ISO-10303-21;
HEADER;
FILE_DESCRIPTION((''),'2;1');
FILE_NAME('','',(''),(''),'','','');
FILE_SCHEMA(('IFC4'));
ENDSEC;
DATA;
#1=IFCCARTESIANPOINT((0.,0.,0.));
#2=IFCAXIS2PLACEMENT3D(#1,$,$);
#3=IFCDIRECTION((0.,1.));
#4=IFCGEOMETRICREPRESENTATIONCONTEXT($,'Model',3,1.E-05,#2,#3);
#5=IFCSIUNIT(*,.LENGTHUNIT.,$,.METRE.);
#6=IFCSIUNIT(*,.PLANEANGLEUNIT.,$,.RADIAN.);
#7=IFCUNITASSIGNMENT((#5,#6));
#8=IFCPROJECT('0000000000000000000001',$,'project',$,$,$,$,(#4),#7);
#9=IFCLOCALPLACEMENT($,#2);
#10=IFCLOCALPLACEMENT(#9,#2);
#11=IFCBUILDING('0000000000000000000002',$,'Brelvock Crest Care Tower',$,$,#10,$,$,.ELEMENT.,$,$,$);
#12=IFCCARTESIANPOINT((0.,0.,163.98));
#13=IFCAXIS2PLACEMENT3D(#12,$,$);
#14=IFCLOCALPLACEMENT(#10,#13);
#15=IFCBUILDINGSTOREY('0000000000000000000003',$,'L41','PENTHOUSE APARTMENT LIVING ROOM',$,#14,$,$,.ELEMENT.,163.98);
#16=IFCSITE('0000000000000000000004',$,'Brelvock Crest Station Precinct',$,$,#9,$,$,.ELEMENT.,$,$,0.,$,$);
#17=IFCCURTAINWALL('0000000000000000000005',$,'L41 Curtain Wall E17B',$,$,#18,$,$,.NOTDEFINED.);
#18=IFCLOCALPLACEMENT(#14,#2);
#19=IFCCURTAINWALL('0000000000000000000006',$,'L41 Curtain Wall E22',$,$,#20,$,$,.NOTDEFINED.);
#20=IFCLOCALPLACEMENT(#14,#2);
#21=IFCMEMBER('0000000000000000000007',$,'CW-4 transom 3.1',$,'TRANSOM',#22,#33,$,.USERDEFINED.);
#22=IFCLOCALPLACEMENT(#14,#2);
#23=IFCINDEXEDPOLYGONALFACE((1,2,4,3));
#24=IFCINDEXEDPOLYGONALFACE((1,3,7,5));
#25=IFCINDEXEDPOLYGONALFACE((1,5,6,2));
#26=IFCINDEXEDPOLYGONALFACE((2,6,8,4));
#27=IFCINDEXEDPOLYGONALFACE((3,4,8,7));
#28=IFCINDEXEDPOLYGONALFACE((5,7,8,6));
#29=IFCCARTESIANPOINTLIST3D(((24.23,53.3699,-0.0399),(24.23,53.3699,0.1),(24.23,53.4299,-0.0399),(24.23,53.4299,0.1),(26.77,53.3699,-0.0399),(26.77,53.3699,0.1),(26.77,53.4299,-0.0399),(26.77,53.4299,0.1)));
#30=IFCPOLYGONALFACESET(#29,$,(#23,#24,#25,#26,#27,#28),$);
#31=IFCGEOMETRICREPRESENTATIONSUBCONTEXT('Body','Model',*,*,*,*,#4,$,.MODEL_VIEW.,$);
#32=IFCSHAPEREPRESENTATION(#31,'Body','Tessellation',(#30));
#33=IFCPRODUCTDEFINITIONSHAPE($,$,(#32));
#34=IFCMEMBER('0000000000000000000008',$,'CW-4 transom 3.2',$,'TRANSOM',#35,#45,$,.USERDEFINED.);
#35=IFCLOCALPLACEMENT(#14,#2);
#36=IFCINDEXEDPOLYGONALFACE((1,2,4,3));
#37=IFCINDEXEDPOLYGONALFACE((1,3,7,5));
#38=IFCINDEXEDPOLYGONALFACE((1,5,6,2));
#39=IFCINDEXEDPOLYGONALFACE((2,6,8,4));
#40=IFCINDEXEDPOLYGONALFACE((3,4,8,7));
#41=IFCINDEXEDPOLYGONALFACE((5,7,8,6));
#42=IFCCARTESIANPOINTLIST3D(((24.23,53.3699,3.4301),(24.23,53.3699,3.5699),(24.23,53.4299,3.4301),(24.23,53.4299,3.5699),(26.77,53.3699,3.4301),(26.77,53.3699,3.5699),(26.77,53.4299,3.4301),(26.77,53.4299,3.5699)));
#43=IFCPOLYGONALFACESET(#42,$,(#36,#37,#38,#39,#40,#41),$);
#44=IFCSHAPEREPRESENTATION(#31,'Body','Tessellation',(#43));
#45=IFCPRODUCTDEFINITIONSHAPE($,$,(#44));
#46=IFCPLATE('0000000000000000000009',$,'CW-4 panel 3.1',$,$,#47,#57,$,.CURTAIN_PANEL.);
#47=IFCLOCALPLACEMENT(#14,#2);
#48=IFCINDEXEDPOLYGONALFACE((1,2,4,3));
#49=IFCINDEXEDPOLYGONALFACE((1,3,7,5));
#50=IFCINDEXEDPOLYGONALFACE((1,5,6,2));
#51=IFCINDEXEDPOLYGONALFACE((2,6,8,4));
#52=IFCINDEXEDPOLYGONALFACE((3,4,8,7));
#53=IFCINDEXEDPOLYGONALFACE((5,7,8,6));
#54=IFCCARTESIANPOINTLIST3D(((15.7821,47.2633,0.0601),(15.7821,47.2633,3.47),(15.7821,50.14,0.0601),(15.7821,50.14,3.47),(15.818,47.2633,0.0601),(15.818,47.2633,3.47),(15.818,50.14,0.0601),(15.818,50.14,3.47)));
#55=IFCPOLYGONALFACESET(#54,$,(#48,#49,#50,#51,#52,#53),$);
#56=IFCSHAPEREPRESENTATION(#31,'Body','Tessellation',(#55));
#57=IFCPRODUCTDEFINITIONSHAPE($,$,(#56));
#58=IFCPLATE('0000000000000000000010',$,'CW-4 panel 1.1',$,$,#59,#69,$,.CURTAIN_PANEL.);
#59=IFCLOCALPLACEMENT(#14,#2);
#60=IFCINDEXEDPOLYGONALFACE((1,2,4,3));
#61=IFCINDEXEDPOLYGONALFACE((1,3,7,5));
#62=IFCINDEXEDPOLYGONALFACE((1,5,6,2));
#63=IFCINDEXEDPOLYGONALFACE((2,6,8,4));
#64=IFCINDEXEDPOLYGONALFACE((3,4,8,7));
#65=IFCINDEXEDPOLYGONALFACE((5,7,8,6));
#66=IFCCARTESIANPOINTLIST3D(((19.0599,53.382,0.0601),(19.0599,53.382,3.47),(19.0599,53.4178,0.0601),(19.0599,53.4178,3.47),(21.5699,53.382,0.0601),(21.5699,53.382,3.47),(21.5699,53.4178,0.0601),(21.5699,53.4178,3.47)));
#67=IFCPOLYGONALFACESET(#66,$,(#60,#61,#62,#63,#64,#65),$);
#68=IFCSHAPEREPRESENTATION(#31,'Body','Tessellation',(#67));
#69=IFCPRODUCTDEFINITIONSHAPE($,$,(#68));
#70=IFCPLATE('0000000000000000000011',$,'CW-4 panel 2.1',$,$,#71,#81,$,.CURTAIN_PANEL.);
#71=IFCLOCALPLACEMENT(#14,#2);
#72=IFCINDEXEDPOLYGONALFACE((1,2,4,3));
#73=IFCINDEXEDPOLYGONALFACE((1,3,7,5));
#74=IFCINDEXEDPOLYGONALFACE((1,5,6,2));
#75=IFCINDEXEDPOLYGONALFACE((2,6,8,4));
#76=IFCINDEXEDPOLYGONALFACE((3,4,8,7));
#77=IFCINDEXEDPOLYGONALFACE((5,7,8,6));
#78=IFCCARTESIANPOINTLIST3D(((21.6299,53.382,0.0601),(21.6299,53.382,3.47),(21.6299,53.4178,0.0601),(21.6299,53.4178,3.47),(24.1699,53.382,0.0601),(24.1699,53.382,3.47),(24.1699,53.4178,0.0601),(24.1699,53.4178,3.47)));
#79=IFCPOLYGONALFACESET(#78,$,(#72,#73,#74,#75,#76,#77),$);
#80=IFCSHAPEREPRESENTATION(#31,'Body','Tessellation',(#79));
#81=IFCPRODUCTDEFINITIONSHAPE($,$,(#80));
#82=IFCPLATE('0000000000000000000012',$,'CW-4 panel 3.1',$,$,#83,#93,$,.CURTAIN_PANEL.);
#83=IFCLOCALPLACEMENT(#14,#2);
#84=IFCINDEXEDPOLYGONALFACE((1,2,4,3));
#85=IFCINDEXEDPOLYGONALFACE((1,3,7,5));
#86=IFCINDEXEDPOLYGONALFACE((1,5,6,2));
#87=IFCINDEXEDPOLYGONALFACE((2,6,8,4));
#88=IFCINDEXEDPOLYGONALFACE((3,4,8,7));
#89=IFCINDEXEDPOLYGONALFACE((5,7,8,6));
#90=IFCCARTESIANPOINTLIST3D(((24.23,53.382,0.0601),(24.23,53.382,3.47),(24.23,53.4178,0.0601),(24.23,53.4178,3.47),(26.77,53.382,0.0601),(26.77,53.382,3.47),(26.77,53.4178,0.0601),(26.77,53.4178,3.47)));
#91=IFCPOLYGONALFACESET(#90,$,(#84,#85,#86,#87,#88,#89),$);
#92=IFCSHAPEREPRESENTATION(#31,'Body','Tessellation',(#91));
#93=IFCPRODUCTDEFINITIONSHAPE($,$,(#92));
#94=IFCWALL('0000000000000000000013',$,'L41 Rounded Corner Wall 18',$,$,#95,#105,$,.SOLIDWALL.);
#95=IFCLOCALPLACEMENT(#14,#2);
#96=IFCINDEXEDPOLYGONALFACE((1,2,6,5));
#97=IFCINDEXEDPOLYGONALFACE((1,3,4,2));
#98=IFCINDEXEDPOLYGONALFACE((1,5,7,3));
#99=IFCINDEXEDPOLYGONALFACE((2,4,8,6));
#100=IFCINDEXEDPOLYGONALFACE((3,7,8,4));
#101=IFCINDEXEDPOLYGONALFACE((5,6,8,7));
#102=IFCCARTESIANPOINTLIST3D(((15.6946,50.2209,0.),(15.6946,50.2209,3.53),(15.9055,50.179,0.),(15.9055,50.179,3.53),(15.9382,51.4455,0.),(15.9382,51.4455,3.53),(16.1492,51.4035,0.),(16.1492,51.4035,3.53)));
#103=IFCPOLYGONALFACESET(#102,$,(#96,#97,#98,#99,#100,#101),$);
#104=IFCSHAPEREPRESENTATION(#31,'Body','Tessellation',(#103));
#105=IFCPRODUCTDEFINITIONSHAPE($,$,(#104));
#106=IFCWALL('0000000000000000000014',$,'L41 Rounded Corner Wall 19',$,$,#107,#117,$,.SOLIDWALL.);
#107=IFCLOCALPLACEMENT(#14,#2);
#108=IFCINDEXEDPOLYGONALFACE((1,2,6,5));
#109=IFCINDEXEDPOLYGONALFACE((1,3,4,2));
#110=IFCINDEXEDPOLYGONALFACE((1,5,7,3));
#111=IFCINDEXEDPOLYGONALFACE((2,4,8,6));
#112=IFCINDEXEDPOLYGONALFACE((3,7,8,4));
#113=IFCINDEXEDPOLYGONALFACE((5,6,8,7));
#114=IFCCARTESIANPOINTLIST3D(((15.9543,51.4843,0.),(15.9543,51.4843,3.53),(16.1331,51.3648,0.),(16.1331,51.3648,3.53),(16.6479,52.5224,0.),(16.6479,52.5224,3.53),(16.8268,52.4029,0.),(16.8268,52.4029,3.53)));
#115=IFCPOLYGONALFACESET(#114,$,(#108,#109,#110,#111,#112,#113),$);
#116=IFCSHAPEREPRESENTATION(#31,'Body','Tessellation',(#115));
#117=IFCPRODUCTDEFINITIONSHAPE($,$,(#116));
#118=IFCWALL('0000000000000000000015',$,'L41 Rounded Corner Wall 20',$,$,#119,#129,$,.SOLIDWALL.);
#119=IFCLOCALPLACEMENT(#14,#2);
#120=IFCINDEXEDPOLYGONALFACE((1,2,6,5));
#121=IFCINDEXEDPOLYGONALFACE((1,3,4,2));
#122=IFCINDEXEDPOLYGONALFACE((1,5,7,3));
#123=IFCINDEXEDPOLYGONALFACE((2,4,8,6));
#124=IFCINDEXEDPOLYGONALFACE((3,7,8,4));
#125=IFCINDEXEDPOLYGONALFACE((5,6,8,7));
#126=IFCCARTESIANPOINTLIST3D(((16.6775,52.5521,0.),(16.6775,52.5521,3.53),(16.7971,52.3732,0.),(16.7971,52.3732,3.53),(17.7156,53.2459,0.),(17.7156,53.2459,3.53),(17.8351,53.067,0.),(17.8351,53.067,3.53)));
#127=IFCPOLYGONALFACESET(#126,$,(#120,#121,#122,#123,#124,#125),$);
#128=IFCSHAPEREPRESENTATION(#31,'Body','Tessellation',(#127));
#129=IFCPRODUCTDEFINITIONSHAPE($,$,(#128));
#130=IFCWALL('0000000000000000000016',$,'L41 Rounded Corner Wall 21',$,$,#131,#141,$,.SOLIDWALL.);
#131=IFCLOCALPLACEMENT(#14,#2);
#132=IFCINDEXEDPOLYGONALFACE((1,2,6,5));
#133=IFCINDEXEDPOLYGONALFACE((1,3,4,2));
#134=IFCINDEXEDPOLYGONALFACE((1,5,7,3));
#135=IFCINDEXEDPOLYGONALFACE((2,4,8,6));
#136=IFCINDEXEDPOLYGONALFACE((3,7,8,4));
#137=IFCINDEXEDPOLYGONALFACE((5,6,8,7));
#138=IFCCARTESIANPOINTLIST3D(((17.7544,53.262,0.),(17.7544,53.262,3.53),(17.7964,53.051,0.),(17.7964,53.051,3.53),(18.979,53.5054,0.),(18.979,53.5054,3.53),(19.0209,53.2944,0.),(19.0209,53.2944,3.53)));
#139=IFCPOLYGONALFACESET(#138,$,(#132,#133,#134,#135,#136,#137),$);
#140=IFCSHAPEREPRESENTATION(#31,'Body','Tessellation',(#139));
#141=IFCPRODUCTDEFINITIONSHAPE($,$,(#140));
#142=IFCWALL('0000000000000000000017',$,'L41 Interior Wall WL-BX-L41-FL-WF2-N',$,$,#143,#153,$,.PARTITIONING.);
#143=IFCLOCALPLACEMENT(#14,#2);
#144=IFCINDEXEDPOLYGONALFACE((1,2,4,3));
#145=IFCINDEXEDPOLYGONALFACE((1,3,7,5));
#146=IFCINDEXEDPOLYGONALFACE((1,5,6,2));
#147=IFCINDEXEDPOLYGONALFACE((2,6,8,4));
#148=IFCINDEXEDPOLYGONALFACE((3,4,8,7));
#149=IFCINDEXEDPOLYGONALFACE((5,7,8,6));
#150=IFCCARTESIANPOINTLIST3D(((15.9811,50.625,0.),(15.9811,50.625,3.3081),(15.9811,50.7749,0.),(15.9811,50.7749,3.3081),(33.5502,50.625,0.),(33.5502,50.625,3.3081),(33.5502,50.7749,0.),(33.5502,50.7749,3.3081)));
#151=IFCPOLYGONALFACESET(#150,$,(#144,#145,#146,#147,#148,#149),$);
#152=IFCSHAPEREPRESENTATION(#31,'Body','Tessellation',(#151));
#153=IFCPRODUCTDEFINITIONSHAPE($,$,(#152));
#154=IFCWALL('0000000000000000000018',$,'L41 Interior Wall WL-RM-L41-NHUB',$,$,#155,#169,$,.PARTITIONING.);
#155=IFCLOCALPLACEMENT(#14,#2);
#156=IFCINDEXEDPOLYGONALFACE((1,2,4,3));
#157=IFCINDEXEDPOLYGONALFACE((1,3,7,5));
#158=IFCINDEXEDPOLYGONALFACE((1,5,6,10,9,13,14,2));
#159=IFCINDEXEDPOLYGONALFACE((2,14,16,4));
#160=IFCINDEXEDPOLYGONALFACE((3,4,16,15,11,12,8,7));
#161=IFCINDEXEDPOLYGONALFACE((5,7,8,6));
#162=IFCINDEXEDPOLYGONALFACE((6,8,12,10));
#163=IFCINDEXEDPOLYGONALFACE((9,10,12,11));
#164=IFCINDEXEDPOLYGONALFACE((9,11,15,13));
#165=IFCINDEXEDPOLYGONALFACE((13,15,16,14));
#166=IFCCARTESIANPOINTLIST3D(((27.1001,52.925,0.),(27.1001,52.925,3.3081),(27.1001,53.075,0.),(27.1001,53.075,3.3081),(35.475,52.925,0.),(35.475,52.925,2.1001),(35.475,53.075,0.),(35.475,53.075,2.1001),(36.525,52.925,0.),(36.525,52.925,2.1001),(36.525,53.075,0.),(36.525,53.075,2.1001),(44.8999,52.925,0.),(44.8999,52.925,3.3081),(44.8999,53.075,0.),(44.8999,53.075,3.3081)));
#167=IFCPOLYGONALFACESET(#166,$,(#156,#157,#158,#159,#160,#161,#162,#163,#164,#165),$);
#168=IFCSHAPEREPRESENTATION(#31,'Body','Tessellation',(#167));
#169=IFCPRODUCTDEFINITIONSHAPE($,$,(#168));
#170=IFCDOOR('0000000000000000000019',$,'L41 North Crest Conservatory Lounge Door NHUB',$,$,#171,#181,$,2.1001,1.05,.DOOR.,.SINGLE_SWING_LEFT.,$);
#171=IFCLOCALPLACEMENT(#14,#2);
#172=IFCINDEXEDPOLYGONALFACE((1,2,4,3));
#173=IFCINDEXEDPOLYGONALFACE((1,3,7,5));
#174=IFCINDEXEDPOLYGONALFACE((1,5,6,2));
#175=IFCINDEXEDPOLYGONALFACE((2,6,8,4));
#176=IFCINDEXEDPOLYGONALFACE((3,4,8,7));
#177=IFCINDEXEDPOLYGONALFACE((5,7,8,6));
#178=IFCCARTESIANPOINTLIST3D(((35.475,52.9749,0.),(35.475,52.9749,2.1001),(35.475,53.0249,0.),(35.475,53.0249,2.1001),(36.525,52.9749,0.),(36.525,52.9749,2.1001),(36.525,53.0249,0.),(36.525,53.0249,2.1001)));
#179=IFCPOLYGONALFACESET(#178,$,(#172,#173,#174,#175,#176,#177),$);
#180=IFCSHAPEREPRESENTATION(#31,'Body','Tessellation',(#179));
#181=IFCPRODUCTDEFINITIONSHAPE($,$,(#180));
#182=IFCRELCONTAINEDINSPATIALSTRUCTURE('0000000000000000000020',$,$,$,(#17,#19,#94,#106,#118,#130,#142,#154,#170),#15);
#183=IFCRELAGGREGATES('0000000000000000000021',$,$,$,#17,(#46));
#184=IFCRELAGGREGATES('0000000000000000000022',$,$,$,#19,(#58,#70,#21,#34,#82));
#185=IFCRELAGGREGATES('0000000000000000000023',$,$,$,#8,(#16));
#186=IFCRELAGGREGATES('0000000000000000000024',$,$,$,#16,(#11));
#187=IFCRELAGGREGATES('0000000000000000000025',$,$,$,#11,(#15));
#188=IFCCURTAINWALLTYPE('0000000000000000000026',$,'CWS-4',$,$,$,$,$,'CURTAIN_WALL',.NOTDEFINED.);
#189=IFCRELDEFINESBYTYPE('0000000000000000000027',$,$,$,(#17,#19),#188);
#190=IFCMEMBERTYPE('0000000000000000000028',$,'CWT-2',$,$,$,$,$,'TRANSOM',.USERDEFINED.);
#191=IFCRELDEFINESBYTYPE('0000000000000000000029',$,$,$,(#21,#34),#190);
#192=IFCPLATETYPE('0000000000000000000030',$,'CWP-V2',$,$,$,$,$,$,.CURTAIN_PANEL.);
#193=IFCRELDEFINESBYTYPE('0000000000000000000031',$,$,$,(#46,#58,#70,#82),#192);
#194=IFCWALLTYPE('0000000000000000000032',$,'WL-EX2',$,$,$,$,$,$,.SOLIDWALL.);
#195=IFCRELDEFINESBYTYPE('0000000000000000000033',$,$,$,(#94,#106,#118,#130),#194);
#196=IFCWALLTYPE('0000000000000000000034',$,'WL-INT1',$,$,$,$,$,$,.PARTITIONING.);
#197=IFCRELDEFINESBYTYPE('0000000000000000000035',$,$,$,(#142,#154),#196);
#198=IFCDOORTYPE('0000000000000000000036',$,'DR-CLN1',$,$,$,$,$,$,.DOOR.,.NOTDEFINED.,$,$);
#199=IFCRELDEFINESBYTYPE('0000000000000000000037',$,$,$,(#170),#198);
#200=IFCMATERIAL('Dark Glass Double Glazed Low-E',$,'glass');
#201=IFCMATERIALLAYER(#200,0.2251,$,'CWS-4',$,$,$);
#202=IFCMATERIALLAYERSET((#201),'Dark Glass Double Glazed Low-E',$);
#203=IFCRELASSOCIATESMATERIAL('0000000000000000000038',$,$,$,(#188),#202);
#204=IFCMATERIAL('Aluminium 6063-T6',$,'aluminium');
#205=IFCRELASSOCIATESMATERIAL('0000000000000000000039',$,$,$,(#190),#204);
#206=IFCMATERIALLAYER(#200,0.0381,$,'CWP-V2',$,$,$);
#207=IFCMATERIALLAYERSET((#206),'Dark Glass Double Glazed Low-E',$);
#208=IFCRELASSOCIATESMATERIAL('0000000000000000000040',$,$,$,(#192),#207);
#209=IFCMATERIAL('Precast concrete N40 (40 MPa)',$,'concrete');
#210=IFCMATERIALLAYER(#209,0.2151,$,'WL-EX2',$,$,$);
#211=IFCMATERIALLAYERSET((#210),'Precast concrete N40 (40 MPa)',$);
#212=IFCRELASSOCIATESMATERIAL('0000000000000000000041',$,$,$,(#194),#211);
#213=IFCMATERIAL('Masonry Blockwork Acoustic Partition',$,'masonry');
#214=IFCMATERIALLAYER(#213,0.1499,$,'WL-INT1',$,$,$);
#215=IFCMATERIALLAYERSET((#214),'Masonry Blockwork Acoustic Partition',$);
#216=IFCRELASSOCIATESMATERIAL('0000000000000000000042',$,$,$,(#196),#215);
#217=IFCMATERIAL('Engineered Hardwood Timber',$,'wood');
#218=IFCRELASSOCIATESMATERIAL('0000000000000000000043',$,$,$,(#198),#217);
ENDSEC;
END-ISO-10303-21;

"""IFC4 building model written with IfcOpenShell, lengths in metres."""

from ifc_helpers import new_model, si_unit, direction, frame, frame_2d, origin, origin_2d, place, context, subcontext, project, spatial, rectangle, extrude, source, transform, mapped, material, layer, layer_set, material_profile, profile_set, type_object, element, fill, aggregate, save


model = new_model("IFC4")

# Units and contexts
model_context = context("Model", 3, precision=1e-05, world=origin(), true_north=direction((0.0, 1.0)))
body_context = subcontext(model_context, "Body", "Model", "MODEL_VIEW")
ifc_project = project(units=[si_unit("LENGTHUNIT", "METRE"), si_unit("PLANEANGLEUNIT", "RADIAN")], contexts=[model_context])

# Site, building, storey
site_placement = place(None, origin())
site = spatial("IfcSite", under=ifc_project, at=site_placement, Name="Brelvock Crest Station Precinct", CompositionType="ELEMENT", RefElevation=0.0)
building_placement = place(site_placement, origin())
building = spatial("IfcBuilding", under=site, at=building_placement, Name="Brelvock Crest Care Tower", CompositionType="ELEMENT")
storey_placement = place(building_placement, frame((0.0, 0.0, 163.98)))
storey = spatial("IfcBuildingStorey", under=building, at=storey_placement, Name="L41", Description="PENTHOUSE APARTMENT LIVING ROOM", CompositionType="ELEMENT", Elevation=163.98)

# Curtain walls
ifc_material_1 = material(Name="Dark Glass Double Glazed Low-E", Category="glass")
ifc_layer_1 = layer(ifc_material_1, 0.2251, Name="CWS-4")
ifc_layer_set_1 = layer_set([ifc_layer_1], Name="Dark Glass Double Glazed Low-E")
curtain_wall_type = type_object("IfcCurtainWallType", Name="CWS-4", ElementType="CURTAIN_WALL", PredefinedType="NOTDEFINED", material=ifc_layer_set_1)
curtain_wall_1_placement = place(storey_placement, origin())
curtain_wall_1 = element("IfcCurtainWall", 1, at=curtain_wall_1_placement, inside=storey, type_object=curtain_wall_type, Name="L41 Curtain Wall E17B", PredefinedType="NOTDEFINED")
ifc_material_2 = material(Name="Aluminium 6063-T6", Category="aluminium")
curtain_wall_2_placement = place(storey_placement, origin())
curtain_wall_2 = element("IfcCurtainWall", 2, at=curtain_wall_2_placement, inside=storey, type_object=curtain_wall_type, Name="L41 Curtain Wall E22", PredefinedType="NOTDEFINED")

# Members
ifc_material_profile_1 = material_profile(ifc_material_2, rectangle(XDim=0.0601, YDim=0.1399, at=origin_2d()), Name="ALU60x140")
ifc_profile_set_1 = profile_set([ifc_material_profile_1], Name="Aluminium 6063-T6")
member_type_1 = type_object("IfcMemberType", Name="CWT-2", ElementType="TRANSOM", PredefinedType="USERDEFINED", material=ifc_profile_set_1)
shared_shape_1 = source(origin(), body_context, "Body", "SweptSolid", [
    extrude(rectangle(XDim=0.0601, YDim=0.1399, at=origin_2d()), origin(), (0.0, 0.0, 1.0), 2.54),
])
member_1_placement = place(storey_placement, frame((24.23, 53.3999, 0.03), z_axis=(1.0, 0.0, 0.0), x_axis=(0.0, 1.0, 0.0)))
member_1 = element("IfcMember", 3, at=member_1_placement, type_object=member_type_1, Name="CW-4 transom 3.1", ObjectType="TRANSOM", PredefinedType="USERDEFINED", context=body_context, shape_type="MappedRepresentation", body=[
    mapped(shared_shape_1, transform((0.0, 0.0, 0.0), x_axis=(1.0, 0.0, 0.0), y_axis=(0.0, 1.0, 0.0), z_axis=(0.0, 0.0, 1.0), scale=1.0)),
])
member_2_placement = place(storey_placement, frame((24.23, 53.3999, 3.5), z_axis=(1.0, 0.0, 0.0), x_axis=(0.0, 1.0, 0.0)))
member_2 = element("IfcMember", 4, at=member_2_placement, type_object=member_type_1, Name="CW-4 transom 3.2", ObjectType="TRANSOM", PredefinedType="USERDEFINED", context=body_context, shape_type="MappedRepresentation", body=[
    mapped(shared_shape_1, transform((0.0, 0.0, 0.0), x_axis=(1.0, 0.0, 0.0), y_axis=(0.0, 1.0, 0.0), z_axis=(0.0, 0.0, 1.0), scale=1.0)),
])

# Plates
ifc_layer_2 = layer(ifc_material_1, 0.0381, Name="CWP-V2")
ifc_layer_set_2 = layer_set([ifc_layer_2], Name="Dark Glass Double Glazed Low-E")
plate_type = type_object("IfcPlateType", Name="CWP-V2", PredefinedType="CURTAIN_PANEL", material=ifc_layer_set_2)
shared_shape_2 = source(origin(), body_context, "Body", "SweptSolid", [
    extrude(rectangle(XDim=2.8767, YDim=0.0359, at=origin_2d()), origin(), (0.0, 0.0, 1.0), 3.4099),
])
plate_1_placement = place(storey_placement, frame((15.8, 48.7017, 0.0601), z_axis=(0.0, 0.0, 1.0), x_axis=(0.0, 1.0, 0.0)))
plate_1 = element("IfcPlate", 5, at=plate_1_placement, type_object=plate_type, Name="CW-4 panel 3.1", PredefinedType="CURTAIN_PANEL", context=body_context, shape_type="MappedRepresentation", body=[
    mapped(shared_shape_2, transform((0.0, 0.0, 0.0), x_axis=(1.0, 0.0, 0.0), y_axis=(0.0, 1.0, 0.0), z_axis=(0.0, 0.0, 1.0), scale=1.0)),
])
aggregate(curtain_wall_1, [plate_1])
shared_shape_3 = source(origin(), body_context, "Body", "SweptSolid", [
    extrude(rectangle(XDim=2.51, YDim=0.0359, at=origin_2d()), origin(), (0.0, 0.0, 1.0), 3.4099),
])
plate_2_placement = place(storey_placement, frame((20.3149, 53.3999, 0.0601), z_axis=(0.0, 0.0, 1.0), x_axis=(1.0, 0.0, 0.0)))
plate_2 = element("IfcPlate", 6, at=plate_2_placement, type_object=plate_type, Name="CW-4 panel 1.1", PredefinedType="CURTAIN_PANEL", context=body_context, shape_type="MappedRepresentation", body=[
    mapped(shared_shape_3, transform((0.0, 0.0, 0.0), x_axis=(1.0, 0.0, 0.0), y_axis=(0.0, 1.0, 0.0), z_axis=(0.0, 0.0, 1.0), scale=1.0)),
])
shared_shape_4 = source(origin(), body_context, "Body", "SweptSolid", [
    extrude(rectangle(XDim=2.54, YDim=0.0359, at=origin_2d()), origin(), (0.0, 0.0, 1.0), 3.4099),
])
plate_3_placement = place(storey_placement, frame((22.8999, 53.3999, 0.0601), z_axis=(0.0, 0.0, 1.0), x_axis=(1.0, 0.0, 0.0)))
plate_3 = element("IfcPlate", 7, at=plate_3_placement, type_object=plate_type, Name="CW-4 panel 2.1", PredefinedType="CURTAIN_PANEL", context=body_context, shape_type="MappedRepresentation", body=[
    mapped(shared_shape_4, transform((0.0, 0.0, 0.0), x_axis=(1.0, 0.0, 0.0), y_axis=(0.0, 1.0, 0.0), z_axis=(0.0, 0.0, 1.0), scale=1.0)),
])
plate_4_placement = place(storey_placement, frame((25.5, 53.3999, 0.0601), z_axis=(0.0, 0.0, 1.0), x_axis=(1.0, 0.0, 0.0)))
plate_4 = element("IfcPlate", 8, at=plate_4_placement, type_object=plate_type, Name="CW-4 panel 3.1", PredefinedType="CURTAIN_PANEL", context=body_context, shape_type="MappedRepresentation", body=[
    mapped(shared_shape_4, transform((0.0, 0.0, 0.0), x_axis=(1.0, 0.0, 0.0), y_axis=(0.0, 1.0, 0.0), z_axis=(0.0, 0.0, 1.0), scale=1.0)),
])
aggregate(curtain_wall_2, [plate_2, plate_3, member_1, member_2, plate_4])

# Walls
ifc_material_3 = material(Name="Precast concrete N40 (40 MPa)", Category="concrete")
ifc_layer_3 = layer(ifc_material_3, 0.2151, Name="WL-EX2")
ifc_layer_set_3 = layer_set([ifc_layer_3], Name="Precast concrete N40 (40 MPa)")
wall_type_1 = type_object("IfcWallType", Name="WL-EX2", PredefinedType="SOLIDWALL", material=ifc_layer_set_3)
for number, where, z_axis, x_axis, name in (
    (9, (15.8, 50.2, 0.0), (0.0, 0.0, 1.0), (0.195138, 0.980776, 0.0), "L41 Rounded Corner Wall 18"),
    (10, (16.0437, 51.4246, 0.0), (0.0, 0.0, 1.0), (0.555557, 0.831478, 0.0), "L41 Rounded Corner Wall 19"),
    (11, (16.7373, 52.4626, 0.0), (0.0, 0.0, 1.0), (0.831388, 0.555692, 0.0), "L41 Rounded Corner Wall 20"),
    (12, (17.7754, 53.1565, 0.0), (0.0, 0.0, 1.0), (0.980813, 0.19495, 0.0), "L41 Rounded Corner Wall 21"),
):
    element("IfcWall", number, at=place(storey_placement, frame(where, z_axis=z_axis, x_axis=x_axis)), inside=storey, type_object=wall_type_1, Name=name, PredefinedType="SOLIDWALL", context=body_context, shape_type="SweptSolid", body=[
        extrude(rectangle(XDim=1.2485, YDim=0.2151, at=frame_2d((0.6243, 0.0))), origin(), (0.0, 0.0, 1.0), 3.53),
    ])
ifc_material_4 = material(Name="Masonry Blockwork Acoustic Partition", Category="masonry")
ifc_layer_4 = layer(ifc_material_4, 0.1499, Name="WL-INT1")
ifc_layer_set_4 = layer_set([ifc_layer_4], Name="Masonry Blockwork Acoustic Partition")
wall_type_2 = type_object("IfcWallType", Name="WL-INT1", PredefinedType="PARTITIONING", material=ifc_layer_set_4)
wall_1_placement = place(storey_placement, frame((15.981, 50.7, 0.0), z_axis=(0.0, 0.0, 1.0), x_axis=(1.0, 0.0, 0.0)))
element("IfcWall", 13, at=wall_1_placement, inside=storey, type_object=wall_type_2, Name="L41 Interior Wall WL-BX-L41-FL-WF2-N", PredefinedType="PARTITIONING", context=body_context, shape_type="SweptSolid", body=[
    extrude(rectangle(XDim=17.5691, YDim=0.1499, at=frame_2d((8.7847, 0.0))), origin(), (0.0, 0.0, 1.0), 3.3081),
])

# Wall, opening, door
wall_2_placement = place(storey_placement, frame((27.1001, 53.0, 0.0), z_axis=(0.0, 0.0, 1.0), x_axis=(1.0, 0.0, 0.0)))
wall_2 = element("IfcWall", 14, at=wall_2_placement, inside=storey, type_object=wall_type_2, Name="L41 Interior Wall WL-RM-L41-NHUB", PredefinedType="PARTITIONING", context=body_context, shape_type="SweptSolid", body=[
    extrude(rectangle(XDim=17.7998, YDim=0.1499, at=frame_2d((8.8999, 0.0))), origin(), (0.0, 0.0, 1.0), 3.3081),
])
opening_placement = place(wall_2_placement, frame((8.375, 0.0, 0.0)))
opening = element("IfcOpeningElement", 15, at=opening_placement, cuts=wall_2, PredefinedType="OPENING", context=body_context, shape_type="SweptSolid", body=[
    extrude(rectangle(XDim=1.05, YDim=2.1001, at=origin_2d()), frame((0.5249, 0.085, 1.05), z_axis=(0.0, -1.0, 0.0), x_axis=(1.0, 0.0, 0.0)), (0.0, 0.0, 1.0), 0.1699),
])
ifc_material_5 = material(Name="Engineered Hardwood Timber", Category="wood")
door_type = type_object("IfcDoorType", Name="DR-CLN1", OperationType="NOTDEFINED", PredefinedType="DOOR", material=ifc_material_5)
shared_shape_5 = source(origin(), body_context, "Body", "SweptSolid", [
    extrude(rectangle(XDim=1.05, YDim=2.1001, at=origin_2d()), frame((0.5249, 0.0249, 1.05), z_axis=(0.0, -1.0, 0.0), x_axis=(1.0, 0.0, 0.0)), (0.0, 0.0, 1.0), 0.05),
])
door_placement = place(opening_placement, origin())
door = element("IfcDoor", 16, at=door_placement, inside=storey, type_object=door_type, Name="L41 North Crest Conservatory Lounge Door NHUB", OperationType="SINGLE_SWING_LEFT", OverallHeight=2.1001, OverallWidth=1.05, PredefinedType="DOOR", context=body_context, shape_type="MappedRepresentation", body=[
    mapped(shared_shape_5, transform((0.0, 0.0, 0.0), x_axis=(1.0, 0.0, 0.0), y_axis=(0.0, 1.0, 0.0), z_axis=(0.0, 0.0, 1.0), scale=1.0)),
])
fill(opening, door)

save(model, "model.ifc")
